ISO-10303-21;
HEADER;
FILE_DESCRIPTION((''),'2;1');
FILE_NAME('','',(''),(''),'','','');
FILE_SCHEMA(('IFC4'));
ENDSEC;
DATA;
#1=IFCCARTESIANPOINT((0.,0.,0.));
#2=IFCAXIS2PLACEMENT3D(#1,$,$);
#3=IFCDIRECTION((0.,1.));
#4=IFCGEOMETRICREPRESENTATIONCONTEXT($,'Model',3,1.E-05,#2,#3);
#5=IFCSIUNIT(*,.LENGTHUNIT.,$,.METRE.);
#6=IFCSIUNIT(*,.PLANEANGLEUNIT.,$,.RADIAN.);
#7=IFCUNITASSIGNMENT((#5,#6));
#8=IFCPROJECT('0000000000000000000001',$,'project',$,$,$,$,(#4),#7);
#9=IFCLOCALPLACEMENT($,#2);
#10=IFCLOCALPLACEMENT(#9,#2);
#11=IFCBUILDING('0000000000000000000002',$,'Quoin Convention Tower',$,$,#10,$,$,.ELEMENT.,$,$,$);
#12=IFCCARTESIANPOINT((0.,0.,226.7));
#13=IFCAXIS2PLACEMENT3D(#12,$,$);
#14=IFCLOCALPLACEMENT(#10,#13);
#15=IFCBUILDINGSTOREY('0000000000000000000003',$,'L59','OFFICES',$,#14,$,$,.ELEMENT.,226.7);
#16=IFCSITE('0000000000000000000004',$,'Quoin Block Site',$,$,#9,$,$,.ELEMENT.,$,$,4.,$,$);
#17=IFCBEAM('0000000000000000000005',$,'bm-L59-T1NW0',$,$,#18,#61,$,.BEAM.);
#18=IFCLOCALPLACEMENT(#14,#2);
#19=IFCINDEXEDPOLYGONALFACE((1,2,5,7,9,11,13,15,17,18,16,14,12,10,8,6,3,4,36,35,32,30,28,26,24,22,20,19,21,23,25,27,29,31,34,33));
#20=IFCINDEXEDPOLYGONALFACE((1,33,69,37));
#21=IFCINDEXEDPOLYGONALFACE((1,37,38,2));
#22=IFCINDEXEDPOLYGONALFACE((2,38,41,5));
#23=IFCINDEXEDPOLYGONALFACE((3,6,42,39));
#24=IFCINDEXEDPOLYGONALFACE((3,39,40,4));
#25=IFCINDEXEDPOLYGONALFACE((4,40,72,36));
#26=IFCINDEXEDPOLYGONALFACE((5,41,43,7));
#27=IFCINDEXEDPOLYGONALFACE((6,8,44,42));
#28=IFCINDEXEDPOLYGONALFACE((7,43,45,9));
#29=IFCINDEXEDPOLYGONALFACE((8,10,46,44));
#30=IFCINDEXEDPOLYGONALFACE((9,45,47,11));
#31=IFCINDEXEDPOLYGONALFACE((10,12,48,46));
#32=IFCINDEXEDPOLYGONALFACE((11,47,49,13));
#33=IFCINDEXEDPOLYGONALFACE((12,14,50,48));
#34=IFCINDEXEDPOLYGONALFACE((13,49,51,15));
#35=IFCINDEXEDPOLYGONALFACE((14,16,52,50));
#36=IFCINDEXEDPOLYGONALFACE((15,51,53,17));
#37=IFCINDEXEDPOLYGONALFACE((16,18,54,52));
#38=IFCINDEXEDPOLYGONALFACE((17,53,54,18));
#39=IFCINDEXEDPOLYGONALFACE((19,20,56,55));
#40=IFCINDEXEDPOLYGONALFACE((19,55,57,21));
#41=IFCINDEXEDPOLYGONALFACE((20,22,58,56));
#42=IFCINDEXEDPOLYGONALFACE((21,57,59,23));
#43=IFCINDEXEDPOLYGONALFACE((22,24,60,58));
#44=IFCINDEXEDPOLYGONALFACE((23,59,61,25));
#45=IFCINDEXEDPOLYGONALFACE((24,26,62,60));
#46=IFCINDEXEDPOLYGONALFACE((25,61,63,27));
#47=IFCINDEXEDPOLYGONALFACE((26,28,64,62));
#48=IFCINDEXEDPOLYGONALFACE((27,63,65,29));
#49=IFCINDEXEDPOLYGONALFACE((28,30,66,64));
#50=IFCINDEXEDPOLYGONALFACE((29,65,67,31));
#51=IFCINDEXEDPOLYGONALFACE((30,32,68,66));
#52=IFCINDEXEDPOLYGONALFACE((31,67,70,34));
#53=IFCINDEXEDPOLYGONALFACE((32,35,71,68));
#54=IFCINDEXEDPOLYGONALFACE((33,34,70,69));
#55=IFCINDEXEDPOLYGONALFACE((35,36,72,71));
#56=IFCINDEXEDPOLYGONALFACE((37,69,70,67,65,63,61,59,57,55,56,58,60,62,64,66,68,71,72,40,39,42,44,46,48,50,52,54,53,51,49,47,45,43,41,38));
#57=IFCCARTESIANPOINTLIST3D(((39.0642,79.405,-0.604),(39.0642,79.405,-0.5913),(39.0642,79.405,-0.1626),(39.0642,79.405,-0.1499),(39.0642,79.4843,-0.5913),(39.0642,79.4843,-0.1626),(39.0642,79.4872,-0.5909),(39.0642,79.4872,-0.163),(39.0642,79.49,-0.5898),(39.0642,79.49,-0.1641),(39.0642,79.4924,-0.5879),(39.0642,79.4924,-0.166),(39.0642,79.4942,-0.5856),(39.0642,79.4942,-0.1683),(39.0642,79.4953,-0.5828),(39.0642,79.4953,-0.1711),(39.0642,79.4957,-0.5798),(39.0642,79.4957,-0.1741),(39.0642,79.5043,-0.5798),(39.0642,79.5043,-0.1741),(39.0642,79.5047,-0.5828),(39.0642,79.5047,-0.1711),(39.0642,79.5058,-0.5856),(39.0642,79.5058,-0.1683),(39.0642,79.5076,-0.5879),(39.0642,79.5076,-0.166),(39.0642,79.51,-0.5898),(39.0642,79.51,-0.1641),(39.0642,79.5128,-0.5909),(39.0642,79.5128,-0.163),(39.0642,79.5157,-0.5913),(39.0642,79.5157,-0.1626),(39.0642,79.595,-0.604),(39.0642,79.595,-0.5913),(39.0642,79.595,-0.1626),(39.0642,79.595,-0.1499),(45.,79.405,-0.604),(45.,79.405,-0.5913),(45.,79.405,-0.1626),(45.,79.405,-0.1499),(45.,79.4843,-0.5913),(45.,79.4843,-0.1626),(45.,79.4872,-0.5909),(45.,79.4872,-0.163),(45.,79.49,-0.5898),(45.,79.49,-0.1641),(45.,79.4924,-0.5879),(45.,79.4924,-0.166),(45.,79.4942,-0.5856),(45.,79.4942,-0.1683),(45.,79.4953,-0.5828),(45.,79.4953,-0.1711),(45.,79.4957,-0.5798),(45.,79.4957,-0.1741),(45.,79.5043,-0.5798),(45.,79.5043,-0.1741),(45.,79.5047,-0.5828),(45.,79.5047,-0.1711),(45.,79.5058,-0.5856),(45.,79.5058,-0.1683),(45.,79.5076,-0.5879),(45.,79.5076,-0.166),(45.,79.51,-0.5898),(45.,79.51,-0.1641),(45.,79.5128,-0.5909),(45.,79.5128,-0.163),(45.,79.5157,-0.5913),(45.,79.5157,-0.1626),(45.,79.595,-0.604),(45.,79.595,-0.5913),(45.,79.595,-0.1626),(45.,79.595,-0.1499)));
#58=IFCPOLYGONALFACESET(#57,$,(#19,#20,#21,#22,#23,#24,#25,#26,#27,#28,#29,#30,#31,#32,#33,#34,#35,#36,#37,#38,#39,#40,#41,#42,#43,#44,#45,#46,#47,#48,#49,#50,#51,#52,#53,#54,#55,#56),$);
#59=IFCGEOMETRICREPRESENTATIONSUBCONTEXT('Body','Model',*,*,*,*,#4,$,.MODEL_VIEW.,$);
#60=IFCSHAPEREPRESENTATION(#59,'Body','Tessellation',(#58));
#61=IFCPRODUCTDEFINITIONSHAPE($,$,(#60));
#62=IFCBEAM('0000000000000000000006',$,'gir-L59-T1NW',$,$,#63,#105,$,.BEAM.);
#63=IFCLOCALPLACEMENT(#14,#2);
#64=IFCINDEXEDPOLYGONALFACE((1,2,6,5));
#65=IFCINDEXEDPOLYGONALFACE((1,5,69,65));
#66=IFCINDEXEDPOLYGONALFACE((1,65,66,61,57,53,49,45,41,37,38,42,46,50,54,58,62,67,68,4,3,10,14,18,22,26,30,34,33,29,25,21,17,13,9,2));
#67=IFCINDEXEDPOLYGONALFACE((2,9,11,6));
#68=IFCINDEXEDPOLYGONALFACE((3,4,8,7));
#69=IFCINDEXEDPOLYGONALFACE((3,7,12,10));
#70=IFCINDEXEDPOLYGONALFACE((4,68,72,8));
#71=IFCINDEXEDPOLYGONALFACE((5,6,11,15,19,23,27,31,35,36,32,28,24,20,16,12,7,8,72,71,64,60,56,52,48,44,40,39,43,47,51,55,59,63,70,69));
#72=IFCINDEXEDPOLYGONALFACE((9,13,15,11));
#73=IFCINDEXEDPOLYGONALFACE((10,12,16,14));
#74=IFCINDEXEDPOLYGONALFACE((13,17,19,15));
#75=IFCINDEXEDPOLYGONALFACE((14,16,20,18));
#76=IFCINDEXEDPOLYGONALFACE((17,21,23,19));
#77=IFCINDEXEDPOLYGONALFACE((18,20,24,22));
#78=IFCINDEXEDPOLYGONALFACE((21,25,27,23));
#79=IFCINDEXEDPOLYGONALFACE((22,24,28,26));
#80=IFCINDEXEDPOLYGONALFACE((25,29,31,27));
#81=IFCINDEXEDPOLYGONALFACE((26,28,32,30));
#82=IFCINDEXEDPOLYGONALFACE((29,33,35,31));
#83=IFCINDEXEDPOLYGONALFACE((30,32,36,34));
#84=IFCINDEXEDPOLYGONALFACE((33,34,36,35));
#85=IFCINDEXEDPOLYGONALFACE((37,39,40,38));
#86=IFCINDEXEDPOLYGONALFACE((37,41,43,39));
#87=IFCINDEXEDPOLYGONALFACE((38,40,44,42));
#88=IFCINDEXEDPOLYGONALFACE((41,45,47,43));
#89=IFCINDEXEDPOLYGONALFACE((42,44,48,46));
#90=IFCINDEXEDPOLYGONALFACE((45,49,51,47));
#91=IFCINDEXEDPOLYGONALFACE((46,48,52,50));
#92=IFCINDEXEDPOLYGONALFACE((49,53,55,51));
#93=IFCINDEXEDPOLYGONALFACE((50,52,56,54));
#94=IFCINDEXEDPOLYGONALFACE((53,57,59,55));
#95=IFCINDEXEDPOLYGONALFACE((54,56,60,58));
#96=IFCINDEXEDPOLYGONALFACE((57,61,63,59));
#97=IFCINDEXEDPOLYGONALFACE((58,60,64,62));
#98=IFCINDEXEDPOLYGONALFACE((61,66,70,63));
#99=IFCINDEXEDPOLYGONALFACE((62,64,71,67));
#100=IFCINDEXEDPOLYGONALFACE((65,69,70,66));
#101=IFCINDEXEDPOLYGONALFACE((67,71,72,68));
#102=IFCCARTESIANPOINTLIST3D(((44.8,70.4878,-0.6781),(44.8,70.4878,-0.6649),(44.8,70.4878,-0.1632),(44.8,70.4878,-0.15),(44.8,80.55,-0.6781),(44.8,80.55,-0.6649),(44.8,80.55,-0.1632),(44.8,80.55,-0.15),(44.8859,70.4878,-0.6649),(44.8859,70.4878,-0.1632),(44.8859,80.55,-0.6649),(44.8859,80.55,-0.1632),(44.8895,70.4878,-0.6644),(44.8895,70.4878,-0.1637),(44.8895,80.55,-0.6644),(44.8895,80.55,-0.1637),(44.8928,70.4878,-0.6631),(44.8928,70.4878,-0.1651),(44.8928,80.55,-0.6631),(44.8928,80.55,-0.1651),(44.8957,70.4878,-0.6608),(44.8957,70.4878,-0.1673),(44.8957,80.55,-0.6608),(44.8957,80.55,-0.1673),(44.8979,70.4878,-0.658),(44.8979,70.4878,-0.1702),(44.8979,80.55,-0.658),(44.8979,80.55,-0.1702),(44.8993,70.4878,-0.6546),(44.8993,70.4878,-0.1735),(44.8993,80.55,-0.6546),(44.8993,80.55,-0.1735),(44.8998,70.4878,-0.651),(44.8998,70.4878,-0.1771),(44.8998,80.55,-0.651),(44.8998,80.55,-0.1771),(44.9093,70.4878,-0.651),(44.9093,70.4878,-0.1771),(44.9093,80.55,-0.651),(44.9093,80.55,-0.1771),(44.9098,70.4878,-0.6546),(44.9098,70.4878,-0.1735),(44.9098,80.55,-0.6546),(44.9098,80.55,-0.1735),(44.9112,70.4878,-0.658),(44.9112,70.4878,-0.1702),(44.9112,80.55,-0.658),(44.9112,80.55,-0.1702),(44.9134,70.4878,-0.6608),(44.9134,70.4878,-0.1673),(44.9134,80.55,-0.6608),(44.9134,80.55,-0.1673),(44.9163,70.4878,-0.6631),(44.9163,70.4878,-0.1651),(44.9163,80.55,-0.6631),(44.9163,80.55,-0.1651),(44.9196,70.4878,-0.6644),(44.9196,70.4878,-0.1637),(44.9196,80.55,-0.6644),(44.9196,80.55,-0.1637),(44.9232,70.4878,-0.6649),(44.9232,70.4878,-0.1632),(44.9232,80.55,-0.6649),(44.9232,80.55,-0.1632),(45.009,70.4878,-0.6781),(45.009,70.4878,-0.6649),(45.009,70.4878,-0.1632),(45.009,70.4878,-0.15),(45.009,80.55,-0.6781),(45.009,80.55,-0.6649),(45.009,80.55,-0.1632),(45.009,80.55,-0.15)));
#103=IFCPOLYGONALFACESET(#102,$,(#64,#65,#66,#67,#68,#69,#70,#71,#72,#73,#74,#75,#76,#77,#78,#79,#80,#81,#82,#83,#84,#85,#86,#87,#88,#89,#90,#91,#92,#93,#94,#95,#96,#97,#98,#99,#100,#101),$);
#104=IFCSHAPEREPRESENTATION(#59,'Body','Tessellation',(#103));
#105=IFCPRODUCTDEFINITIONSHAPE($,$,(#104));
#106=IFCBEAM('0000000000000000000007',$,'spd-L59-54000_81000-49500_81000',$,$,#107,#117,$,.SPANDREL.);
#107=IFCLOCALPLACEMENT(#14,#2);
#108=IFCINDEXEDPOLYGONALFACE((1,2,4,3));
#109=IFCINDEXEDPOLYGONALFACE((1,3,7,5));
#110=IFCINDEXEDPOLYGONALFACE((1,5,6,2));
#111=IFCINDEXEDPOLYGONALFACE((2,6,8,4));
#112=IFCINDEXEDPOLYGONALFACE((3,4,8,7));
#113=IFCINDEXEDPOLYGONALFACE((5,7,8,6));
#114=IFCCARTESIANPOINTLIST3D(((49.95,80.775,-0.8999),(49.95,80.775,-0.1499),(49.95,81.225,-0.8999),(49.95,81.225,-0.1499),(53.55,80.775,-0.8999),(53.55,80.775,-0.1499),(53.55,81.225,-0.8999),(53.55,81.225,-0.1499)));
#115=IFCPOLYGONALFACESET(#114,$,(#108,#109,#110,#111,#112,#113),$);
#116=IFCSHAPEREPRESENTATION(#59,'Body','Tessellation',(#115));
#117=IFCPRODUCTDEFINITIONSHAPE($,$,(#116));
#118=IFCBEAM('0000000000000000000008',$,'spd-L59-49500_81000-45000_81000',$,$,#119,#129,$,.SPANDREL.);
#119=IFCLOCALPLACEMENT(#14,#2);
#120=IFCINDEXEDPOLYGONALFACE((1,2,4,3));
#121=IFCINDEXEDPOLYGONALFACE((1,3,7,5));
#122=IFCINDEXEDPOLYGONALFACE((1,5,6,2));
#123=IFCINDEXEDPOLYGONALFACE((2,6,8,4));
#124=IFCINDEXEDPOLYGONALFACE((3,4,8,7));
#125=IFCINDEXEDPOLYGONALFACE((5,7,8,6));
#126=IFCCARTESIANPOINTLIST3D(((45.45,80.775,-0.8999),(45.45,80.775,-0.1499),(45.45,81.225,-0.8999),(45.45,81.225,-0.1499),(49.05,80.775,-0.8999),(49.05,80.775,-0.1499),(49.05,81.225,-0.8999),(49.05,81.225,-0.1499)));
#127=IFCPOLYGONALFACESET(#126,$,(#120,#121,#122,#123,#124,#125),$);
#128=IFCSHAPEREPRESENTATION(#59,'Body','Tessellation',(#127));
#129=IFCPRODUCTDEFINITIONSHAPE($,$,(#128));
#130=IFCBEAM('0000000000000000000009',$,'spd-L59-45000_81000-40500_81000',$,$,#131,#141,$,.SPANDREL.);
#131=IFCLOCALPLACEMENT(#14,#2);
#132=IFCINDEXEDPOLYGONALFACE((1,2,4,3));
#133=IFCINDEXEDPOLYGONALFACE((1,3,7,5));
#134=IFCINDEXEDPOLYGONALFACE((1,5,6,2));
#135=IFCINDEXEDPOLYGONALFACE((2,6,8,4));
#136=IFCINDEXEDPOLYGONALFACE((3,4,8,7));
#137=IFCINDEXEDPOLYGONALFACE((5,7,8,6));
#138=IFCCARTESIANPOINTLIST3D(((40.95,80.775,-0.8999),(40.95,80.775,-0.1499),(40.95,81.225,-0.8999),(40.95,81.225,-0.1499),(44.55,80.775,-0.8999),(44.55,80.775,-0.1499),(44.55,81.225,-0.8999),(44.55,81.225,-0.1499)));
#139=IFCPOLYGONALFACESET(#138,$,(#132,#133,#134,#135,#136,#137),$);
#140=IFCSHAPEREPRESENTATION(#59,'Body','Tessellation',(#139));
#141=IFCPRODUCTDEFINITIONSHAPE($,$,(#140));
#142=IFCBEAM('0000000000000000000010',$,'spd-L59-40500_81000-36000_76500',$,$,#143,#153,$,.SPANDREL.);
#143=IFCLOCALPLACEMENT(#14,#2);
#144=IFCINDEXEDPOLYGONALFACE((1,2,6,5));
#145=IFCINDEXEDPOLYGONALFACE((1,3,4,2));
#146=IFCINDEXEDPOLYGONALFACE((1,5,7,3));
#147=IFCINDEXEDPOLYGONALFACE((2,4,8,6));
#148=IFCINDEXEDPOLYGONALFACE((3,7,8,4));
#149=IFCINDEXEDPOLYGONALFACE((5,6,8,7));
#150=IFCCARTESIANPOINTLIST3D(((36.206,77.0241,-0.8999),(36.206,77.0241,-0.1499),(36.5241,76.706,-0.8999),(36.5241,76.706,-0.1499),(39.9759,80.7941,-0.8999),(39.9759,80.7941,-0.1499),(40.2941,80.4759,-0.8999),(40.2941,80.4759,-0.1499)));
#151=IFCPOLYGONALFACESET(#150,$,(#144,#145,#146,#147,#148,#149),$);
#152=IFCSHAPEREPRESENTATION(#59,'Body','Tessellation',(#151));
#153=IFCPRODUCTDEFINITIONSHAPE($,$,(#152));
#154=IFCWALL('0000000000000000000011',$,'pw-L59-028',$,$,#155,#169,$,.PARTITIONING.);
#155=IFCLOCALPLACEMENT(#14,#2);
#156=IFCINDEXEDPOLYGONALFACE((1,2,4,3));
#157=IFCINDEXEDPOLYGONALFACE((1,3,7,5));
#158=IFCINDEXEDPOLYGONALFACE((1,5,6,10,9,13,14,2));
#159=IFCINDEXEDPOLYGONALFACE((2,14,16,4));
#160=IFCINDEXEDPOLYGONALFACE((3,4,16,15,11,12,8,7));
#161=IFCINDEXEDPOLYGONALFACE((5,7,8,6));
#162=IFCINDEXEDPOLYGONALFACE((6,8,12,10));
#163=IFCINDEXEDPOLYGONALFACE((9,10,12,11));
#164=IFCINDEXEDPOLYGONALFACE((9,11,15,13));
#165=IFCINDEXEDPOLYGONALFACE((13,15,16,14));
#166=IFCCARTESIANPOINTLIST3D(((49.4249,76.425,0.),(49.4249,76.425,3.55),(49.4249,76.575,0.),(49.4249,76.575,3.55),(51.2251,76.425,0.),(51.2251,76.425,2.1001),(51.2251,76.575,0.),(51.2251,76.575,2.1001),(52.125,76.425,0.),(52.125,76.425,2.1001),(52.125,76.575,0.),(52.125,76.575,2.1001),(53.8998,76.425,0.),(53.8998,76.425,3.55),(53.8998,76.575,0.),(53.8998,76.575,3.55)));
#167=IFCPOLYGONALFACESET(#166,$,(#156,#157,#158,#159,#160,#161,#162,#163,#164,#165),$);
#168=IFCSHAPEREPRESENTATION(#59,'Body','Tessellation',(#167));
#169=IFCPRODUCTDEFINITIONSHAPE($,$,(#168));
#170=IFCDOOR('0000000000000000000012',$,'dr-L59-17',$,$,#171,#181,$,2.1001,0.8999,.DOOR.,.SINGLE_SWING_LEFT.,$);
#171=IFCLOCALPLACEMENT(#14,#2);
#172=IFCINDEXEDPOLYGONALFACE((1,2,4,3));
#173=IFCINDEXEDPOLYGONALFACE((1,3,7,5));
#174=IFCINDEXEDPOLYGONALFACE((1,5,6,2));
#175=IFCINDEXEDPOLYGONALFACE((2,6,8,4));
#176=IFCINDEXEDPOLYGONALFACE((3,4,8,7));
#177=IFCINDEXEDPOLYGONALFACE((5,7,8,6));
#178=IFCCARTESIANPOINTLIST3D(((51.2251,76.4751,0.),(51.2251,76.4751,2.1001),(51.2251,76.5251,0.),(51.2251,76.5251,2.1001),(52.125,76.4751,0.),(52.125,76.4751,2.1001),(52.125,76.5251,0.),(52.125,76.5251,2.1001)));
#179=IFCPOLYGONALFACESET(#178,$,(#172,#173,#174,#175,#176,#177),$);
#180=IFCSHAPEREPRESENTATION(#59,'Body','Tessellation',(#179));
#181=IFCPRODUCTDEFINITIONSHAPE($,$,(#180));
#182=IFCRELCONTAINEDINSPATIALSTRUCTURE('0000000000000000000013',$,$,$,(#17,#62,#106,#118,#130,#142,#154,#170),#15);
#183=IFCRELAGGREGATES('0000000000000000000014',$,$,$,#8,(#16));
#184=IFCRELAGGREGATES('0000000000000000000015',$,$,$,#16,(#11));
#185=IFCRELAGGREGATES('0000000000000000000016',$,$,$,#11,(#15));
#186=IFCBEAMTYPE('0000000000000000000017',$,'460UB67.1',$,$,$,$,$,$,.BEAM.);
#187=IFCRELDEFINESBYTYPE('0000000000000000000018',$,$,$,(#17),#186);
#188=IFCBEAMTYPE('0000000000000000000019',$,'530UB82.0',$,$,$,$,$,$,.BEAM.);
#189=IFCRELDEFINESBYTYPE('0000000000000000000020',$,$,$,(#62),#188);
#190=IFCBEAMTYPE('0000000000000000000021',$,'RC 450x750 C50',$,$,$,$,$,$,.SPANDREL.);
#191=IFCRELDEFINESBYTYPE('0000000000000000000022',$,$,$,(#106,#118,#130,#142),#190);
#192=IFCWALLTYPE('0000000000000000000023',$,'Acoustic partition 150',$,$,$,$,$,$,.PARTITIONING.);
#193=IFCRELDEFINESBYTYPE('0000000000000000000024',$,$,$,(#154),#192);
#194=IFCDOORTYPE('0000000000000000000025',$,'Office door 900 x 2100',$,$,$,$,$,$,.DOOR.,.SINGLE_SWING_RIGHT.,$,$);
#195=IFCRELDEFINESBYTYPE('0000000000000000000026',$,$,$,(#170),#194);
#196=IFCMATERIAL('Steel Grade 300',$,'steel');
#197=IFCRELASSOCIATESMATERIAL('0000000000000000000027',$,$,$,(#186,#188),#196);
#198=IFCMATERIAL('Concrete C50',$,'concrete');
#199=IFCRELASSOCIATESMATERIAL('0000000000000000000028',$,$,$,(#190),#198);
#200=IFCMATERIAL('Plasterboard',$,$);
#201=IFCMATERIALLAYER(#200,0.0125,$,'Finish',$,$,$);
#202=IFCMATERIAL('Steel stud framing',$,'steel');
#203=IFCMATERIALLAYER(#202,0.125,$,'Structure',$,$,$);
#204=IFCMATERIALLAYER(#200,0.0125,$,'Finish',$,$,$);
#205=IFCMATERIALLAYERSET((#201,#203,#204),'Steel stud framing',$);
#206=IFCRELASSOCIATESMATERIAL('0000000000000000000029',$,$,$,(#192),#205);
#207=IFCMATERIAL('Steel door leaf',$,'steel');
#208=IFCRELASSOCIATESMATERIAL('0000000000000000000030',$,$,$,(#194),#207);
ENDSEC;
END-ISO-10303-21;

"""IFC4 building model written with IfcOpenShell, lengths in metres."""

from ifc_helpers import new_model, si_unit, direction, frame, frame_2d, origin, origin_2d, place, context, subcontext, project, spatial, rectangle, i_section, extrude, material, layer, layer_set, material_profile, profile_set, type_object, element, fill, save


model = new_model("IFC4")

# Units and contexts
model_context = context("Model", 3, precision=1e-05, world=origin(), true_north=direction((0.0, 1.0)))
body_context = subcontext(model_context, "Body", "Model", "MODEL_VIEW")
ifc_project = project(units=[si_unit("LENGTHUNIT", "METRE"), si_unit("PLANEANGLEUNIT", "RADIAN")], contexts=[model_context])

# Site, building, storey
site_placement = place(None, origin())
site = spatial("IfcSite", under=ifc_project, at=site_placement, Name="Quoin Block Site", CompositionType="ELEMENT", RefElevation=4.0)
building_placement = place(site_placement, origin())
building = spatial("IfcBuilding", under=site, at=building_placement, Name="Quoin Convention Tower", CompositionType="ELEMENT")
storey_placement = place(building_placement, frame((0.0, 0.0, 226.7)))
storey = spatial("IfcBuildingStorey", under=building, at=storey_placement, Name="L59", Description="OFFICES", CompositionType="ELEMENT", Elevation=226.7)

# Shared definitions
ifc_material_1 = material(Name="Concrete C50", Category="concrete")

# Beams
ifc_material_2 = material(Name="Steel Grade 300", Category="steel")
ifc_material_profile_1 = material_profile(ifc_material_2, i_section(OverallWidth=0.1899, OverallDepth=0.4541, WebThickness=0.0085, FlangeThickness=0.0127, FilletRadius=0.0115, at=origin_2d()), Name="460UB67.1")
ifc_profile_set_1 = profile_set([ifc_material_profile_1], Name="Steel Grade 300")
beam_type_1 = type_object("IfcBeamType", Name="460UB67.1", PredefinedType="BEAM", material=ifc_profile_set_1)
beam_1_placement = place(storey_placement, frame((39.0642, 79.5, -0.377), z_axis=(1.0, 0.0, 0.0), x_axis=(0.0, 1.0, 0.0)))
element("IfcBeam", 1, at=beam_1_placement, inside=storey, type_object=beam_type_1, Name="bm-L59-T1NW0", PredefinedType="BEAM", context=body_context, shape_type="SweptSolid", body=[
    extrude(i_section(OverallWidth=0.1899, OverallDepth=0.4541, WebThickness=0.0085, FlangeThickness=0.0127, FilletRadius=0.0115, at=origin_2d()), origin(), (0.0, 0.0, 1.0), 5.9358),
])
ifc_material_profile_2 = material_profile(ifc_material_2, i_section(OverallWidth=0.209, OverallDepth=0.5281, WebThickness=0.0095, FlangeThickness=0.0132, FilletRadius=0.0139, at=origin_2d()), Name="530UB82.0")
ifc_profile_set_2 = profile_set([ifc_material_profile_2], Name="Steel Grade 300")
beam_type_2 = type_object("IfcBeamType", Name="530UB82.0", PredefinedType="BEAM", material=ifc_profile_set_2)
beam_2_placement = place(storey_placement, frame((44.9045, 80.55, -0.4141), z_axis=(0.0, -1.0, 0.0), x_axis=(1.0, 0.0, 0.0)))
element("IfcBeam", 2, at=beam_2_placement, inside=storey, type_object=beam_type_2, Name="gir-L59-T1NW", PredefinedType="BEAM", context=body_context, shape_type="SweptSolid", body=[
    extrude(i_section(OverallWidth=0.209, OverallDepth=0.5281, WebThickness=0.0095, FlangeThickness=0.0132, FilletRadius=0.0139, at=origin_2d()), origin(), (0.0, 0.0, 1.0), 10.0623),
])
ifc_material_profile_3 = material_profile(ifc_material_1, rectangle(XDim=0.45, YDim=0.75, at=origin_2d()), Name="RC 450x750")
ifc_profile_set_3 = profile_set([ifc_material_profile_3], Name="Concrete C50")
beam_type_3 = type_object("IfcBeamType", Name="RC 450x750 C50", PredefinedType="SPANDREL", material=ifc_profile_set_3)
for number, where, z_axis, x_axis, name in (
    (3, (53.55, 81.0, -0.5249), (-1.0, 0.0, 0.0), (0.0, -1.0, 0.0), "spd-L59-54000_81000-49500_81000"),
    (4, (49.05, 81.0, -0.5249), (-1.0, 0.0, 0.0), (0.0, -1.0, 0.0), "spd-L59-49500_81000-45000_81000"),
    (5, (44.55, 81.0, -0.5249), (-1.0, 0.0, 0.0), (0.0, -1.0, 0.0), "spd-L59-45000_81000-40500_81000"),
):
    element("IfcBeam", number, at=place(storey_placement, frame(where, z_axis=z_axis, x_axis=x_axis)), inside=storey, type_object=beam_type_3, Name=name, PredefinedType="SPANDREL", context=body_context, shape_type="SweptSolid", body=[
        extrude(rectangle(XDim=0.45, YDim=0.75, at=origin_2d()), origin(), (0.0, 0.0, 1.0), 3.6001),
    ])
beam_3_placement = place(storey_placement, frame((40.135, 80.635, -0.5249), z_axis=(-0.707107, -0.707107, 0.0), x_axis=(0.707107, -0.707107, 0.0)))
element("IfcBeam", 6, at=beam_3_placement, inside=storey, type_object=beam_type_3, Name="spd-L59-40500_81000-36000_76500", PredefinedType="SPANDREL", context=body_context, shape_type="SweptSolid", body=[
    extrude(rectangle(XDim=0.45, YDim=0.75, at=origin_2d()), origin(), (0.0, 0.0, 1.0), 5.3315),
])

# Wall, opening, door
ifc_material_3 = material(Name="Plasterboard")
ifc_layer_1 = layer(ifc_material_3, 0.0125, Name="Finish")
ifc_material_4 = material(Name="Steel stud framing", Category="steel")
ifc_layer_2 = layer(ifc_material_4, 0.125, Name="Structure")
ifc_layer_3 = layer(ifc_material_3, 0.0125, Name="Finish")
ifc_layer_set_1 = layer_set([ifc_layer_1, ifc_layer_2, ifc_layer_3], Name="Steel stud framing")
wall_type_1 = type_object("IfcWallType", Name="Acoustic partition 150", PredefinedType="PARTITIONING", material=ifc_layer_set_1)
wall_1_placement = place(storey_placement, frame((49.425, 76.5, 0.0), z_axis=(0.0, 0.0, 1.0), x_axis=(1.0, 0.0, 0.0)))
wall_1 = element("IfcWall", 7, at=wall_1_placement, inside=storey, type_object=wall_type_1, Name="pw-L59-028", PredefinedType="PARTITIONING", context=body_context, shape_type="SweptSolid", body=[
    extrude(rectangle(XDim=4.4749, YDim=0.1499, at=frame_2d((2.2373, 0.0))), origin(), (0.0, 0.0, 1.0), 3.55),
])
opening_1_placement = place(wall_1_placement, frame((1.8, 0.0, 0.0)))
opening_1 = element("IfcOpeningElement", 8, at=opening_1_placement, cuts=wall_1, PredefinedType="OPENING", context=body_context, shape_type="SweptSolid", body=[
    extrude(rectangle(XDim=0.8999, YDim=2.1001, at=frame_2d((0.45, 1.05))), frame((0.0, 0.085, 0.0), z_axis=(0.0, -1.0, 0.0), x_axis=(1.0, 0.0, 0.0)), (0.0, 0.0, 1.0), 0.1699),
])
ifc_material_5 = material(Name="Steel door leaf", Category="steel")
door_type_1 = type_object("IfcDoorType", Name="Office door 900 x 2100", OperationType="SINGLE_SWING_RIGHT", PredefinedType="DOOR", material=ifc_material_5)
door_1_placement = place(opening_1_placement, frame((0.8999, 0.0, 0.0), z_axis=(0.0, 0.0, 1.0), x_axis=(-1.0, 0.0, 0.0)))
door_1 = element("IfcDoor", 9, at=door_1_placement, inside=storey, type_object=door_type_1, Name="dr-L59-17", OperationType="SINGLE_SWING_LEFT", OverallHeight=2.1001, OverallWidth=0.8999, PredefinedType="DOOR", context=body_context, shape_type="SweptSolid", body=[
    extrude(rectangle(XDim=0.8999, YDim=2.1001, at=frame_2d((0.45, 1.05))), frame((0.0, 0.0249, 0.0), z_axis=(0.0, -1.0, 0.0), x_axis=(1.0, 0.0, 0.0)), (0.0, 0.0, 1.0), 0.05),
])
fill(opening_1, door_1)

save(model, "model.ifc")
